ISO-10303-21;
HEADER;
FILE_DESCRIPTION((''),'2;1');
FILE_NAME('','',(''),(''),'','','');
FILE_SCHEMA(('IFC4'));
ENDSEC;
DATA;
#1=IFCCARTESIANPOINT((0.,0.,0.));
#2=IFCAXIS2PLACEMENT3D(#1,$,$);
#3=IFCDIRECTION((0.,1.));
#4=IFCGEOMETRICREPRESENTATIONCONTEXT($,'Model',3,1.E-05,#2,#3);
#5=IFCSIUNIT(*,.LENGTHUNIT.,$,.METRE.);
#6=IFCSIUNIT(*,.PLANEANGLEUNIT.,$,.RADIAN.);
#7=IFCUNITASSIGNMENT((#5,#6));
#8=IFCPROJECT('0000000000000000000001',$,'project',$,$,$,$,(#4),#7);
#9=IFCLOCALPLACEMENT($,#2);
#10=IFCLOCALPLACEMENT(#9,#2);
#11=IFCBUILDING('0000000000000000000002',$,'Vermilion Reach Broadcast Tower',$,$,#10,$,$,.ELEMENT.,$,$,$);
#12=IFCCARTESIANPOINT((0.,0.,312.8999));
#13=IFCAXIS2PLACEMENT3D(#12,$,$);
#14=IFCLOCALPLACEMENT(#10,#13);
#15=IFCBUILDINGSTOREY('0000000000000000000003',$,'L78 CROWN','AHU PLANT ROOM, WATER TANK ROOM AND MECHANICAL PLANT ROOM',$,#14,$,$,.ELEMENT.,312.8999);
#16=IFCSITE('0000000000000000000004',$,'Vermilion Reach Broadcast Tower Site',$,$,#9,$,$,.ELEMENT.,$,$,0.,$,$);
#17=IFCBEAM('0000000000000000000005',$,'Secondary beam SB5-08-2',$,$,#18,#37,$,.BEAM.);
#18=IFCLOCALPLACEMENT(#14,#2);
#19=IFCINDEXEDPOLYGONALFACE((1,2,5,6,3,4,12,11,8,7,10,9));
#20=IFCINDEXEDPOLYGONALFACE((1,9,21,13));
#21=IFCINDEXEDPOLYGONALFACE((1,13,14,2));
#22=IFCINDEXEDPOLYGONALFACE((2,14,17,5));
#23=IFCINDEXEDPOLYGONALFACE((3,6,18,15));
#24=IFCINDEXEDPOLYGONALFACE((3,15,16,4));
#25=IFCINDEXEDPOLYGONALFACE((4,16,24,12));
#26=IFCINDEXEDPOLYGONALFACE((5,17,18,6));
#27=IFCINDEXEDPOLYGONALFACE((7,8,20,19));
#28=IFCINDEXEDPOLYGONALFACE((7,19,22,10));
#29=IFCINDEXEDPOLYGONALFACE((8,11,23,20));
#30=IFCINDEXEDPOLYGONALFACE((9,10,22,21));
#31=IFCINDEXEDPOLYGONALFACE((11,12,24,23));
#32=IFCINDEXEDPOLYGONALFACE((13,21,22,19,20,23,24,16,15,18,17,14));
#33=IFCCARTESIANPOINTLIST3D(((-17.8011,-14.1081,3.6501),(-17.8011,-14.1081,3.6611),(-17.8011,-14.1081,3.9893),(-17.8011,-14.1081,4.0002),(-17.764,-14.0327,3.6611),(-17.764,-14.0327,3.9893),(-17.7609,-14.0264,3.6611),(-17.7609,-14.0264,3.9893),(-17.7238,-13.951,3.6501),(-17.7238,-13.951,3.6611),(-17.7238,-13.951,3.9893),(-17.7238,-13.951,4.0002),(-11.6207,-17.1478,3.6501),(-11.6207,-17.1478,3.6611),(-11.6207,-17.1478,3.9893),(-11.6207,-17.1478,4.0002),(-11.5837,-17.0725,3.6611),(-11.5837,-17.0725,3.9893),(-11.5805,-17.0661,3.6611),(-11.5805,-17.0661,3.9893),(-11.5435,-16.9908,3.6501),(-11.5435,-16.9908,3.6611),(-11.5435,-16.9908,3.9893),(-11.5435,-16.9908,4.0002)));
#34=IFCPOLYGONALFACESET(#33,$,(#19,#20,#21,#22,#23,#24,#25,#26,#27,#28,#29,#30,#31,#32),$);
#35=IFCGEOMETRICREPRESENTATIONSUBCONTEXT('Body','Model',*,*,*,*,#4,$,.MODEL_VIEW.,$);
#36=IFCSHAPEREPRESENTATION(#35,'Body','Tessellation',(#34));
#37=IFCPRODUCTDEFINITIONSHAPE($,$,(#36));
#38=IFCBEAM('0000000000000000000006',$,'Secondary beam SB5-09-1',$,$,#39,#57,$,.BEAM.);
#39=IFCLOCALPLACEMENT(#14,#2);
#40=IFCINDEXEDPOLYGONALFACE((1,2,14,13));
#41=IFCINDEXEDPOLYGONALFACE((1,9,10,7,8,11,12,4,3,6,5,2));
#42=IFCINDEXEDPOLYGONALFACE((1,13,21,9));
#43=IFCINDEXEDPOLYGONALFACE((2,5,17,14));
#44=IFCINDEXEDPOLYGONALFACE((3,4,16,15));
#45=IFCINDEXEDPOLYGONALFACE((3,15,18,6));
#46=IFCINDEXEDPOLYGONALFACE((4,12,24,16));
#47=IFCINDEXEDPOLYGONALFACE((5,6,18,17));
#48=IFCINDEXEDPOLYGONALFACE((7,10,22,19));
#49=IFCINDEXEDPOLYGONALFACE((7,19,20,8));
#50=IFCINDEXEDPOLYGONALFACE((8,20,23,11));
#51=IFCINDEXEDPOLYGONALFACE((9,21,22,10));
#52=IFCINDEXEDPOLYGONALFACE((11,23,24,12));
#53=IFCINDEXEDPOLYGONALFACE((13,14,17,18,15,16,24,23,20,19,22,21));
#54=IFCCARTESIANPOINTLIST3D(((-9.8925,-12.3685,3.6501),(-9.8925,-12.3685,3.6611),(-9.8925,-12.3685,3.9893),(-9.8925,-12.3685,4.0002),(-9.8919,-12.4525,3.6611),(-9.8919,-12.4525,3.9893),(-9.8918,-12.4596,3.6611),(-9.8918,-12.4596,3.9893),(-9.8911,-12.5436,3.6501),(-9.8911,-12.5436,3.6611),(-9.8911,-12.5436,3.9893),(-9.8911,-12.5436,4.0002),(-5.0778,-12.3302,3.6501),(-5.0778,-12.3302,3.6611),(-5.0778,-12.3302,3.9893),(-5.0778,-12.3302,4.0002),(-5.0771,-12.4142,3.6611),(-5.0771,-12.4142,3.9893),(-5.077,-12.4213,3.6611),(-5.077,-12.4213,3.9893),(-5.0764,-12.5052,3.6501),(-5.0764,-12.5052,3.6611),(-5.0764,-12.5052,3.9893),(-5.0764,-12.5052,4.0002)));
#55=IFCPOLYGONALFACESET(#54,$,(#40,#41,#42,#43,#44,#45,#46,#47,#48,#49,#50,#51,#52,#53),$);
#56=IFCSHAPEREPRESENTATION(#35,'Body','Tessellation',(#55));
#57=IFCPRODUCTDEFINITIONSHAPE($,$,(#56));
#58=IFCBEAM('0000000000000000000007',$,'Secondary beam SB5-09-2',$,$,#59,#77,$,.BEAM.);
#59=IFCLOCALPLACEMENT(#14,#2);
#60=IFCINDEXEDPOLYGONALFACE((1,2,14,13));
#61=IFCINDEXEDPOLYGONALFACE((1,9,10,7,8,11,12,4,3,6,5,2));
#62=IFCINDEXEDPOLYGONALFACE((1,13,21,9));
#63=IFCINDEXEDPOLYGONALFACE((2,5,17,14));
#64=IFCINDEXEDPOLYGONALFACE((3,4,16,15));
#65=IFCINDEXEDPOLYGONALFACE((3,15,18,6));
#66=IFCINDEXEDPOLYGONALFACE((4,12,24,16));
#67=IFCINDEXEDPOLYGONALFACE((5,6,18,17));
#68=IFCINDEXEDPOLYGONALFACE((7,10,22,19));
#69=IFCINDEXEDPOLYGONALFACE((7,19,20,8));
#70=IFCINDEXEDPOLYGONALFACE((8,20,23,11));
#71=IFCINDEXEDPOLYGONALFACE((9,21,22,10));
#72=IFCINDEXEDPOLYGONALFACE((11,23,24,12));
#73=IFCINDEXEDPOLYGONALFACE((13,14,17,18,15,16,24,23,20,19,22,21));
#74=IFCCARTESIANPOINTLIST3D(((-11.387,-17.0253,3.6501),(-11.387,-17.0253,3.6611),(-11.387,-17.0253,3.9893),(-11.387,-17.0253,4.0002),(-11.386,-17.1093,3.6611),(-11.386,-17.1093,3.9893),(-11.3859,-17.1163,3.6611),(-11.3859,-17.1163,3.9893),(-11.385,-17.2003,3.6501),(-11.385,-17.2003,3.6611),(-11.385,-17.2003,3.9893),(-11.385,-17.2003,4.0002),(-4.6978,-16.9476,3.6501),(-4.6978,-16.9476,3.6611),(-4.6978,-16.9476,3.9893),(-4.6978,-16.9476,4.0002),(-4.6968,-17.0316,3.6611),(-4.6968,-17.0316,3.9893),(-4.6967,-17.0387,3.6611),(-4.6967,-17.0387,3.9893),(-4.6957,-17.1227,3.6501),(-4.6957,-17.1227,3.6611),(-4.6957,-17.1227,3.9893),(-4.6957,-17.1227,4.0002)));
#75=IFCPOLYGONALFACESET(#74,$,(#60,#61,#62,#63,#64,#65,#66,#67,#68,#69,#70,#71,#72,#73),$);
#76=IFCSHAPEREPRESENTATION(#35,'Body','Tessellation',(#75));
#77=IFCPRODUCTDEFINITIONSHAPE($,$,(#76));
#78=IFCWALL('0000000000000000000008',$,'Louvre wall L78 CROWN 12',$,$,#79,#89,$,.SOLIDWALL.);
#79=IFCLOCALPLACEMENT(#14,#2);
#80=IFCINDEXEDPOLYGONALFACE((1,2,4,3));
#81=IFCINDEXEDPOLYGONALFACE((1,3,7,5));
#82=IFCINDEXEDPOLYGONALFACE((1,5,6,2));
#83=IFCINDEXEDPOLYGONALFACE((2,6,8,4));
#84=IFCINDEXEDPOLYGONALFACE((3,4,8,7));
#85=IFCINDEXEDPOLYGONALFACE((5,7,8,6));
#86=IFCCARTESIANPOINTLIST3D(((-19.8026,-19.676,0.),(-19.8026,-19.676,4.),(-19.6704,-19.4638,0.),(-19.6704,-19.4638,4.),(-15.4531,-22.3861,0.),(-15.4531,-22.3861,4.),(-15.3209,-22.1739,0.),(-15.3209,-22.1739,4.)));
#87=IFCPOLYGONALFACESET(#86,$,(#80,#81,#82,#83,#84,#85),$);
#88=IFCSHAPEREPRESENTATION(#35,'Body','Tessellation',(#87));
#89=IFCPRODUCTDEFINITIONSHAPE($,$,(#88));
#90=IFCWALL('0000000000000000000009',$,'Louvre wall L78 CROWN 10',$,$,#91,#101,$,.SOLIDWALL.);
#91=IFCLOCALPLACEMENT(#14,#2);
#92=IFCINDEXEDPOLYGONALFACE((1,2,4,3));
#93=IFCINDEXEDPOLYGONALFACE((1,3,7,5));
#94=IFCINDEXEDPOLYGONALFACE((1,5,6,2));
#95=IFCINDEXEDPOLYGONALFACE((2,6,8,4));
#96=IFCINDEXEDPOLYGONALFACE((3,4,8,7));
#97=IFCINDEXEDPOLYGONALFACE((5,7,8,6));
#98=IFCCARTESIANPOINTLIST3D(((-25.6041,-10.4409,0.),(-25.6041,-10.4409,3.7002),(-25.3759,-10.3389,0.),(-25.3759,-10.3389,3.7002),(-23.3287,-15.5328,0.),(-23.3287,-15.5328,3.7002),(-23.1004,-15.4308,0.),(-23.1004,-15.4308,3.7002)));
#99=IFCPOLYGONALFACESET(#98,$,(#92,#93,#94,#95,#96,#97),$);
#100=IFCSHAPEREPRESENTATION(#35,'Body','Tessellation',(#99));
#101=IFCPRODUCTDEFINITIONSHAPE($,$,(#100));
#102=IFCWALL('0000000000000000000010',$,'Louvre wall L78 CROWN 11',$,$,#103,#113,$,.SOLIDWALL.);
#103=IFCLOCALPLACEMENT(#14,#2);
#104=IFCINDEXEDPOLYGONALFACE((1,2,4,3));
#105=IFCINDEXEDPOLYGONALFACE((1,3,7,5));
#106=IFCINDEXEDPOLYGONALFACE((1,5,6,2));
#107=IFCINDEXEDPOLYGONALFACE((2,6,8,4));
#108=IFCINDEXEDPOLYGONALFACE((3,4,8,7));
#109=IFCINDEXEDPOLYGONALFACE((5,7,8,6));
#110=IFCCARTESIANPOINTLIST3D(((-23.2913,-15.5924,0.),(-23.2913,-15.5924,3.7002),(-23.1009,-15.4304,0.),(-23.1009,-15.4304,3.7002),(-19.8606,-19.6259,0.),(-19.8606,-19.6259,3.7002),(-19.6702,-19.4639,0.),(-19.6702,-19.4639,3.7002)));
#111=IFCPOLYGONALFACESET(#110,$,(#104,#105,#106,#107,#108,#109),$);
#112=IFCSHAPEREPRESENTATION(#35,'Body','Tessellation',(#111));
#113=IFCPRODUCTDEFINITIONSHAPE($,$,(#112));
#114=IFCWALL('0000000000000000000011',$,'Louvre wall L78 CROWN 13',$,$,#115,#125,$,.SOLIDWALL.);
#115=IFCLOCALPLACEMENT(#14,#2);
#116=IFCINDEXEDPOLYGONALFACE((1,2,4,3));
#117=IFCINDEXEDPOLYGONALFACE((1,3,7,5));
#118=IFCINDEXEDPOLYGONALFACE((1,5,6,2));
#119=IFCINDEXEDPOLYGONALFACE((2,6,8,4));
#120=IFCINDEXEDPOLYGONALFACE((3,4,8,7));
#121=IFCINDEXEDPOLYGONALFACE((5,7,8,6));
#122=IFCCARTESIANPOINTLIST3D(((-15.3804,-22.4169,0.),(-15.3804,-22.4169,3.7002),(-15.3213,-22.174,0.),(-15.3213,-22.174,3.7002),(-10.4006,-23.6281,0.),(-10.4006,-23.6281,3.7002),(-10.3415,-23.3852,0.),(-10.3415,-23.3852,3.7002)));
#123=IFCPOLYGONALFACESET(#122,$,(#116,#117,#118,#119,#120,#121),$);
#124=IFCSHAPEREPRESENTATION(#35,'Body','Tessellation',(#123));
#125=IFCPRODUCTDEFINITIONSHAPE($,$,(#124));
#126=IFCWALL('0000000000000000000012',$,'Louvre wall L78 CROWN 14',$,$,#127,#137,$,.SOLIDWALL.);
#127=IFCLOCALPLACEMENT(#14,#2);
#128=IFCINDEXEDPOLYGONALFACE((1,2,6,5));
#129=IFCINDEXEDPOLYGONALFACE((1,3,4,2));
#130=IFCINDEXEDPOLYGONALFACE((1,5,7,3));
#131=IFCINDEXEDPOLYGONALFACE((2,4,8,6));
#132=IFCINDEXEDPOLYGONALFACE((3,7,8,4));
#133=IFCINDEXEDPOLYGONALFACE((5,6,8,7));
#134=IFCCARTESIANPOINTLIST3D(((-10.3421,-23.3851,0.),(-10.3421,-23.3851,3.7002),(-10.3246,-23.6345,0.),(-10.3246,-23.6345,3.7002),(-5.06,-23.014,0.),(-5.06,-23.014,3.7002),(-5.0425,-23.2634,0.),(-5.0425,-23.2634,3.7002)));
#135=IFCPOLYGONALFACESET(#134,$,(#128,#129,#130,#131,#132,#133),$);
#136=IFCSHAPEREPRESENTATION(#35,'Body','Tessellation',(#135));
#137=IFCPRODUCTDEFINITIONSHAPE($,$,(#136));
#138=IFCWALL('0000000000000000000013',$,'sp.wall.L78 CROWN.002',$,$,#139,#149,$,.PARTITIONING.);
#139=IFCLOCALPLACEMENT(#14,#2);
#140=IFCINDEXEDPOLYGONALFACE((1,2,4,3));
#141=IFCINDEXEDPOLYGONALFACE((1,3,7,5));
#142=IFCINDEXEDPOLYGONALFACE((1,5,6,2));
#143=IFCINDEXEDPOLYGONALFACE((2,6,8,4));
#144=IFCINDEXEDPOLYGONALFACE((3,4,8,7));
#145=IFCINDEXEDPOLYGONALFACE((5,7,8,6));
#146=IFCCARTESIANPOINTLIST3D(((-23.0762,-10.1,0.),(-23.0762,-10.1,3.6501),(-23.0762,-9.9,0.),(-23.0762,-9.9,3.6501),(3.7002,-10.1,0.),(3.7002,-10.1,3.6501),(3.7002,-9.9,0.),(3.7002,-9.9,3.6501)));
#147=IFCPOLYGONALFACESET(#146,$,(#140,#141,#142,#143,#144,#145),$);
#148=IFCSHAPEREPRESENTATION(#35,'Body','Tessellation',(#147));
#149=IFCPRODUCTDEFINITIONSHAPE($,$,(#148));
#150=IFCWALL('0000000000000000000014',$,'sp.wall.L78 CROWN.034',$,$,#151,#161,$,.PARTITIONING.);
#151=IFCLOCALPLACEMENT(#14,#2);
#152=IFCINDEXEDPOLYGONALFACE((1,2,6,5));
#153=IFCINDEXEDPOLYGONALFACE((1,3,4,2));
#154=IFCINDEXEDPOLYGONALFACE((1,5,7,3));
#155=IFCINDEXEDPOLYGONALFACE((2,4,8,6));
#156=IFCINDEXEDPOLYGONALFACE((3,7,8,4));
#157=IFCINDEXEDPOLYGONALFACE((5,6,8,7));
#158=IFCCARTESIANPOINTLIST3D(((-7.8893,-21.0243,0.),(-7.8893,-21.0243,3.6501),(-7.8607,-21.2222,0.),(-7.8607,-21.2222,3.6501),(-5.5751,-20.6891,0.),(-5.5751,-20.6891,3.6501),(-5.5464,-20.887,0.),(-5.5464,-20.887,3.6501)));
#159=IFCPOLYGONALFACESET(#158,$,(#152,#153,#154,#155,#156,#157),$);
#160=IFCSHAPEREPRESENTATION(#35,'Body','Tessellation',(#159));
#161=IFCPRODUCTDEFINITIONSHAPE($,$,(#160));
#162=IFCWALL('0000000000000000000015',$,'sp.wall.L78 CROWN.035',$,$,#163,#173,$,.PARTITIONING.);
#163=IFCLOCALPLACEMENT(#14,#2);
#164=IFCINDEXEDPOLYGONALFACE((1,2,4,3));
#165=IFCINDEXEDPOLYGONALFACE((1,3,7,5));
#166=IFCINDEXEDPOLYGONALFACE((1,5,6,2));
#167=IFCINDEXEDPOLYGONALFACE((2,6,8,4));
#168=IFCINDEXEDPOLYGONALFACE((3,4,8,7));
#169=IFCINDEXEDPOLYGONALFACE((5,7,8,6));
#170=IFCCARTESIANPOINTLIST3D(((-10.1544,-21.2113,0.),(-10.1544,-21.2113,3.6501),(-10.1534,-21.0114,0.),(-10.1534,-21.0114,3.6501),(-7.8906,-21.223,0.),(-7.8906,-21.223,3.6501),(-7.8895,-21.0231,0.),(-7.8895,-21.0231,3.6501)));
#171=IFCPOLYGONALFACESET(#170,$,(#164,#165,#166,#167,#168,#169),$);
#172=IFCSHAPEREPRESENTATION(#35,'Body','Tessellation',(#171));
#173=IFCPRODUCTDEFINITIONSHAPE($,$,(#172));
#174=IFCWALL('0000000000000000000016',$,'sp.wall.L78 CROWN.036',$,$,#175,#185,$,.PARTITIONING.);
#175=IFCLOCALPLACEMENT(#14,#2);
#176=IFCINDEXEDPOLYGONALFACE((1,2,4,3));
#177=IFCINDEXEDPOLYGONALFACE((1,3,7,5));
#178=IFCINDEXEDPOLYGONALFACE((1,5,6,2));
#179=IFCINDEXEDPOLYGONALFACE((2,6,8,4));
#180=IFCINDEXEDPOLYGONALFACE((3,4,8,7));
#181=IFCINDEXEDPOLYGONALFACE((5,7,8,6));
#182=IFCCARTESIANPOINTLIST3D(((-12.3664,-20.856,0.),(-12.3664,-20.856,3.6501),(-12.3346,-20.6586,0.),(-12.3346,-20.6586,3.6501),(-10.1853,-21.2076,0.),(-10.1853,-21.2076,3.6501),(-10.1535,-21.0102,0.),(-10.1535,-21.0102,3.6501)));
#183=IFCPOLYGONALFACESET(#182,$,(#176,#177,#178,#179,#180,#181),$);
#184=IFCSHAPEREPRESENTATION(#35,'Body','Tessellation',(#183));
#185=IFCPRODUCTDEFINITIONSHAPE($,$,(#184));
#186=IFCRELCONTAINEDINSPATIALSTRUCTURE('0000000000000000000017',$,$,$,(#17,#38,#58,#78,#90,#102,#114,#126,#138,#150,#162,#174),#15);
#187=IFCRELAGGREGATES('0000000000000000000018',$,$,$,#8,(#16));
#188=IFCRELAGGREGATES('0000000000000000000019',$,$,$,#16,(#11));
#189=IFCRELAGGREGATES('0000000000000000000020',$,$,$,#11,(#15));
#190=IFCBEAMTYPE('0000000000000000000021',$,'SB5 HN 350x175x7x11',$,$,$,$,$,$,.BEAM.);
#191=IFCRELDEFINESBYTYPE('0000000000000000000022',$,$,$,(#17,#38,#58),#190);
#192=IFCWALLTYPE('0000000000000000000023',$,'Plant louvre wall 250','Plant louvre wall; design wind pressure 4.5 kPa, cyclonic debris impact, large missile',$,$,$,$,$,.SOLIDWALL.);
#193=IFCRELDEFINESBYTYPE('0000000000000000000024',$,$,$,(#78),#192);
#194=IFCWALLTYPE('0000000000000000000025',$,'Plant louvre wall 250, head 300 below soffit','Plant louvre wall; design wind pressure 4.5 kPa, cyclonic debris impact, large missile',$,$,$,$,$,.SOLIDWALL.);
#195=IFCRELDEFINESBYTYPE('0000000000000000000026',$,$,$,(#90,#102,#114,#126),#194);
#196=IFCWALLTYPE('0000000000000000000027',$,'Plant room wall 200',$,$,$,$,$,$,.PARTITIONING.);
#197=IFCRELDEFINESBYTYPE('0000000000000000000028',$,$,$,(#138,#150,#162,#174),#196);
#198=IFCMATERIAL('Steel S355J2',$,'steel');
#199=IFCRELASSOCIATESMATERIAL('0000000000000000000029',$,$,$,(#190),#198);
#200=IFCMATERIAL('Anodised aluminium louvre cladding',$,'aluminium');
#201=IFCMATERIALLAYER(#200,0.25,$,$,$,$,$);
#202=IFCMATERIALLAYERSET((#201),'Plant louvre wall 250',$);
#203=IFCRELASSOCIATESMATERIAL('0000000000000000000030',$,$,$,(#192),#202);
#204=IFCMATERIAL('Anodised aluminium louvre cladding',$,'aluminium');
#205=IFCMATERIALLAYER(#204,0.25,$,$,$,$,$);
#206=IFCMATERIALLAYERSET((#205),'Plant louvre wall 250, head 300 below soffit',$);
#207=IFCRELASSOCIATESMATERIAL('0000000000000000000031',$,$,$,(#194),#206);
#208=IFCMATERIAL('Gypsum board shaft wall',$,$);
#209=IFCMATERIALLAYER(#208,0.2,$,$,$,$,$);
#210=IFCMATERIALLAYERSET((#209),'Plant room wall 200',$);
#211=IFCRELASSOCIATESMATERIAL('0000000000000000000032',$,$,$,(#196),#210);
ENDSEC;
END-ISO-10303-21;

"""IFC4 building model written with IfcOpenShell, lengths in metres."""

from ifc_helpers import new_model, si_unit, direction, frame, frame_2d, origin, origin_2d, place, context, subcontext, project, spatial, rectangle, i_section, extrude, material, layer, layer_set, material_profile, profile_set, type_object, element, save


model = new_model("IFC4")

# Units and contexts
model_context = context("Model", 3, precision=1e-05, world=origin(), true_north=direction((0.0, 1.0)))
body_context = subcontext(model_context, "Body", "Model", "MODEL_VIEW")
ifc_project = project(units=[si_unit("LENGTHUNIT", "METRE"), si_unit("PLANEANGLEUNIT", "RADIAN")], contexts=[model_context])

# Site, building, storey
site_placement = place(None, origin())
site = spatial("IfcSite", under=ifc_project, at=site_placement, Name="Vermilion Reach Broadcast Tower Site", CompositionType="ELEMENT", RefElevation=0.0)
building_placement = place(site_placement, origin())
building = spatial("IfcBuilding", under=site, at=building_placement, Name="Vermilion Reach Broadcast Tower", CompositionType="ELEMENT")
storey_placement = place(building_placement, frame((0.0, 0.0, 312.8999)))
storey = spatial("IfcBuildingStorey", under=building, at=storey_placement, Name="L78 CROWN", Description="AHU PLANT ROOM, WATER TANK ROOM AND MECHANICAL PLANT ROOM", CompositionType="ELEMENT", Elevation=312.8999)

# Beams
ifc_material_1 = material(Name="Steel S355J2", Category="steel")
ifc_material_profile_1 = material_profile(ifc_material_1, i_section(OverallWidth=0.175, OverallDepth=0.3501, WebThickness=0.0071, FlangeThickness=0.011, at=origin_2d()), Name="S355J2 HN 350x175x7x11")
ifc_profile_set_1 = profile_set([ifc_material_profile_1], Name="Steel S355J2")
beam_type_1 = type_object("IfcBeamType", Name="SB5 HN 350x175x7x11", PredefinedType="BEAM", material=ifc_profile_set_1)
beam_1_placement = place(storey_placement, frame((-17.7625, -14.0295, 3.8252), z_axis=(0.897336, -0.441348, 0.0), x_axis=(0.441348, 0.897336, 0.0)))
element("IfcBeam", 1, at=beam_1_placement, inside=storey, type_object=beam_type_1, Name="Secondary beam SB5-08-2", PredefinedType="BEAM", context=body_context, shape_type="SweptSolid", body=[
    extrude(i_section(OverallWidth=0.175, OverallDepth=0.3501, WebThickness=0.0071, FlangeThickness=0.011, at=origin_2d()), origin(), (0.0, 0.0, 1.0), 6.8875),
])
beam_2_placement = place(storey_placement, frame((-9.8918, -12.4561, 3.8252), z_axis=(0.999968, 0.007961, 0.0), x_axis=(-0.007961, 0.999968, 0.0)))
element("IfcBeam", 2, at=beam_2_placement, inside=storey, type_object=beam_type_1, Name="Secondary beam SB5-09-1", PredefinedType="BEAM", context=body_context, shape_type="SweptSolid", body=[
    extrude(i_section(OverallWidth=0.175, OverallDepth=0.3501, WebThickness=0.0071, FlangeThickness=0.011, at=origin_2d()), origin(), (0.0, 0.0, 1.0), 4.8149),
])
beam_3_placement = place(storey_placement, frame((-11.386, -17.1128, 3.8252), z_axis=(0.999933, 0.011605, 0.0), x_axis=(-0.011605, 0.999933, 0.0)))
element("IfcBeam", 3, at=beam_3_placement, inside=storey, type_object=beam_type_1, Name="Secondary beam SB5-09-2", PredefinedType="BEAM", context=body_context, shape_type="SweptSolid", body=[
    extrude(i_section(OverallWidth=0.175, OverallDepth=0.3501, WebThickness=0.0071, FlangeThickness=0.011, at=origin_2d()), origin(), (0.0, 0.0, 1.0), 6.6897),
])

# Walls
ifc_material_2 = material(Name="Anodised aluminium louvre cladding", Category="aluminium")
ifc_layer_1 = layer(ifc_material_2, 0.25)
ifc_layer_set_1 = layer_set([ifc_layer_1], Name="Plant louvre wall 250")
wall_type_1 = type_object("IfcWallType", Name="Plant louvre wall 250", Description="Plant louvre wall; design wind pressure 4.5 kPa, cyclonic debris impact, large missile", PredefinedType="SOLIDWALL", material=ifc_layer_set_1)
wall_1_placement = place(storey_placement, frame((-19.7366, -19.5698, 0.0), z_axis=(0.0, 0.0, 1.0), x_axis=(0.848725, -0.528834, 0.0)))
element("IfcWall", 4, at=wall_1_placement, inside=storey, type_object=wall_type_1, Name="Louvre wall L78 CROWN 12", PredefinedType="SOLIDWALL", context=body_context, shape_type="SweptSolid", body=[
    extrude(rectangle(XDim=5.1248, YDim=0.25, at=frame_2d((2.5625, 0.0))), origin(), (0.0, 0.0, 1.0), 4.0),
])
ifc_material_3 = material(Name="Anodised aluminium louvre cladding", Category="aluminium")
ifc_layer_2 = layer(ifc_material_3, 0.25)
ifc_layer_set_2 = layer_set([ifc_layer_2], Name="Plant louvre wall 250, head 300 below soffit")
wall_type_2 = type_object("IfcWallType", Name="Plant louvre wall 250, head 300 below soffit", Description="Plant louvre wall; design wind pressure 4.5 kPa, cyclonic debris impact, large missile", PredefinedType="SOLIDWALL", material=ifc_layer_set_2)
wall_2_placement = place(storey_placement, frame((-25.49, -10.3899, 0.0), z_axis=(0.0, 0.0, 1.0), x_axis=(0.40799, -0.912987, 0.0)))
element("IfcWall", 5, at=wall_2_placement, inside=storey, type_object=wall_type_2, Name="Louvre wall L78 CROWN 10", PredefinedType="SOLIDWALL", context=body_context, shape_type="SweptSolid", body=[
    extrude(rectangle(XDim=5.5771, YDim=0.25, at=frame_2d((2.7886, 0.0))), origin(), (0.0, 0.0, 1.0), 3.7002),
])
wall_3_placement = place(storey_placement, frame((-23.196, -15.5115, 0.0), z_axis=(0.0, 0.0, 1.0), x_axis=(0.647893, -0.761731, 0.0)))
element("IfcWall", 6, at=wall_3_placement, inside=storey, type_object=wall_type_2, Name="Louvre wall L78 CROWN 11", PredefinedType="SOLIDWALL", context=body_context, shape_type="SweptSolid", body=[
    extrude(rectangle(XDim=5.2952, YDim=0.25, at=frame_2d((2.6475, 0.0))), origin(), (0.0, 0.0, 1.0), 3.7002),
])
wall_4_placement = place(storey_placement, frame((-15.3508, -22.2954, 0.0), z_axis=(0.0, 0.0, 1.0), x_axis=(0.971672, -0.236332, 0.0)))
element("IfcWall", 7, at=wall_4_placement, inside=storey, type_object=wall_type_2, Name="Louvre wall L78 CROWN 13", PredefinedType="SOLIDWALL", context=body_context, shape_type="SweptSolid", body=[
    extrude(rectangle(XDim=5.125, YDim=0.25, at=frame_2d((2.5625, 0.0))), origin(), (0.0, 0.0, 1.0), 3.7002),
])
wall_5_placement = place(storey_placement, frame((-10.3333, -23.5098, 0.0), z_axis=(0.0, 0.0, 1.0), x_axis=(0.997541, 0.070081, 0.0)))
element("IfcWall", 8, at=wall_5_placement, inside=storey, type_object=wall_type_2, Name="Louvre wall L78 CROWN 14", PredefinedType="SOLIDWALL", context=body_context, shape_type="SweptSolid", body=[
    extrude(rectangle(XDim=5.2952, YDim=0.25, at=frame_2d((2.6475, 0.0))), origin(), (0.0, 0.0, 1.0), 3.7002),
])
ifc_material_4 = material(Name="Gypsum board shaft wall")
ifc_layer_3 = layer(ifc_material_4, 0.2)
ifc_layer_set_3 = layer_set([ifc_layer_3], Name="Plant room wall 200")
wall_type_3 = type_object("IfcWallType", Name="Plant room wall 200", PredefinedType="PARTITIONING", material=ifc_layer_set_3)
wall_6_placement = place(storey_placement, frame((-23.0762, -10.0, 0.0), z_axis=(0.0, 0.0, 1.0), x_axis=(1.0, 0.0, 0.0)))
element("IfcWall", 9, at=wall_6_placement, inside=storey, type_object=wall_type_3, Name="sp.wall.L78 CROWN.002", PredefinedType="PARTITIONING", context=body_context, shape_type="SweptSolid", body=[
    extrude(rectangle(XDim=26.7764, YDim=0.2, at=frame_2d((13.3882, 0.0))), origin(), (0.0, 0.0, 1.0), 3.6501),
])
wall_7_placement = place(storey_placement, frame((-7.875, -21.1233, 0.0), z_axis=(0.0, 0.0, 1.0), x_axis=(0.989672, 0.143351, 0.0)))
element("IfcWall", 10, at=wall_7_placement, inside=storey, type_object=wall_type_3, Name="sp.wall.L78 CROWN.034", PredefinedType="PARTITIONING", context=body_context, shape_type="SweptSolid", body=[
    extrude(rectangle(XDim=2.3384, YDim=0.2, at=frame_2d((1.1692, 0.0))), origin(), (0.0, 0.0, 1.0), 3.6501),
])
wall_8_placement = place(storey_placement, frame((-10.1538, -21.1113, 0.0), z_axis=(0.0, 0.0, 1.0), x_axis=(0.999987, -0.005176, 0.0)))
element("IfcWall", 11, at=wall_8_placement, inside=storey, type_object=wall_type_3, Name="sp.wall.L78 CROWN.035", PredefinedType="PARTITIONING", context=body_context, shape_type="SweptSolid", body=[
    extrude(rectangle(XDim=2.2639, YDim=0.2, at=frame_2d((1.1318, 0.0))), origin(), (0.0, 0.0, 1.0), 3.6501),
])
wall_9_placement = place(storey_placement, frame((-12.3503, -20.7573, 0.0), z_axis=(0.0, 0.0, 1.0), x_axis=(0.987258, -0.159128, 0.0)))
element("IfcWall", 12, at=wall_9_placement, inside=storey, type_object=wall_type_3, Name="sp.wall.L78 CROWN.036", PredefinedType="PARTITIONING", context=body_context, shape_type="SweptSolid", body=[
    extrude(rectangle(XDim=2.2092, YDim=0.2, at=frame_2d((1.1045, 0.0))), origin(), (0.0, 0.0, 1.0), 3.6501),
])

save(model, "model.ifc")
